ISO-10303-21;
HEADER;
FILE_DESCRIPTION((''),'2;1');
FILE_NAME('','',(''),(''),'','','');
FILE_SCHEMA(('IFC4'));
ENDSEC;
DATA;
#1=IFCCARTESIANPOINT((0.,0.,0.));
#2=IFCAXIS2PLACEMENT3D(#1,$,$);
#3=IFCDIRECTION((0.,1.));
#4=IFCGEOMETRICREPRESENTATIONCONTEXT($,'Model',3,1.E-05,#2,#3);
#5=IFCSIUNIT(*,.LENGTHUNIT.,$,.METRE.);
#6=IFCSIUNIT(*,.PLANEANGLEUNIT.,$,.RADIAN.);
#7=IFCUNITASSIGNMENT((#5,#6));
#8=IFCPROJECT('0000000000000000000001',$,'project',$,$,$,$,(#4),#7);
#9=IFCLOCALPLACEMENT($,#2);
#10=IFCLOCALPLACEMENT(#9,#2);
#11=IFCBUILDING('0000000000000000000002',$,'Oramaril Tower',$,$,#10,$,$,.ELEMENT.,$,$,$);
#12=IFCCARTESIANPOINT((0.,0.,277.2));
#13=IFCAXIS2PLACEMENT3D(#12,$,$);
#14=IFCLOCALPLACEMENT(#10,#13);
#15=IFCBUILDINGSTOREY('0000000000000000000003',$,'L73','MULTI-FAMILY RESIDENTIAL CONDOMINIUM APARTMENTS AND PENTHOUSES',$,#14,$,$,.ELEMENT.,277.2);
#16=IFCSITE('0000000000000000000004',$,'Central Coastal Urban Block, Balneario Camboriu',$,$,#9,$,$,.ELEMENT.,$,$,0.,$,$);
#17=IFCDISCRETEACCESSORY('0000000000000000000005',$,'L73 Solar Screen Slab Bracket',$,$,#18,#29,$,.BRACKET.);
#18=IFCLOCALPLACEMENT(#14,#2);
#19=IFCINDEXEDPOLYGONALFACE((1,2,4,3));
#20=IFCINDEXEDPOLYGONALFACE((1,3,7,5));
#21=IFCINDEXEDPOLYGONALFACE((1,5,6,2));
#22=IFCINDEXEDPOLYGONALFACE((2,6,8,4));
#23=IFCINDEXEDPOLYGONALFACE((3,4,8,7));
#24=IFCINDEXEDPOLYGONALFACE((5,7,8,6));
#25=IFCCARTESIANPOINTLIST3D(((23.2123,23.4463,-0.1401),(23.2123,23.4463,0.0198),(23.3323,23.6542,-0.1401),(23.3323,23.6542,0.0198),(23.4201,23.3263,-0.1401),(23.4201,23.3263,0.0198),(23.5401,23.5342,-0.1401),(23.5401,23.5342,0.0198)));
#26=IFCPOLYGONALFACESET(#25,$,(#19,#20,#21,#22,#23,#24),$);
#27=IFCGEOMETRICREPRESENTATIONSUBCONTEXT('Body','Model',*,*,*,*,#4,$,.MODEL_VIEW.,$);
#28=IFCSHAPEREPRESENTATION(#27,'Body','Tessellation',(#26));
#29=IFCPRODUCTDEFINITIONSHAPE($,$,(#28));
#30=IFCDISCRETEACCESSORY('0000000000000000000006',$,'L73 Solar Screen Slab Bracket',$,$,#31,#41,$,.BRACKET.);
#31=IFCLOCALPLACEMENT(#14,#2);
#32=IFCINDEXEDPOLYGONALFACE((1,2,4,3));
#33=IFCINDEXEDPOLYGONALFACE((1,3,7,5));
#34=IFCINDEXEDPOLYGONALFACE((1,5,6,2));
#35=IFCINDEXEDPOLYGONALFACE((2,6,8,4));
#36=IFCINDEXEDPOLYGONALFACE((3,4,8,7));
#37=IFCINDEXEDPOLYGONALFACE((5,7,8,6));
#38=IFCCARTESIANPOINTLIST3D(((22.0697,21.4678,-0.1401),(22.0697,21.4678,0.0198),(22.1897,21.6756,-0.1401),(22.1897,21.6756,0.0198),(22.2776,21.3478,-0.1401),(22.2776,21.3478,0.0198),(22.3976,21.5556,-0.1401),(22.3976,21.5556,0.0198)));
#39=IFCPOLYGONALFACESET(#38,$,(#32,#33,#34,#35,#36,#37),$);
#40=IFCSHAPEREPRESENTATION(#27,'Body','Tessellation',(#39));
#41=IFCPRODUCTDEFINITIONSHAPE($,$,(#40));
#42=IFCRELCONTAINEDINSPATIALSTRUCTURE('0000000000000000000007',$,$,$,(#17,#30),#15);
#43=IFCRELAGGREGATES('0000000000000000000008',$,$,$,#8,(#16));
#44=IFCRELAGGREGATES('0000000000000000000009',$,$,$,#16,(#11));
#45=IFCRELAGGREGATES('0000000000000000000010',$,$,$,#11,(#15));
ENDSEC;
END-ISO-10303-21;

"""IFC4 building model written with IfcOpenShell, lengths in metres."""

from ifc_helpers import new_model, si_unit, direction, frame, origin, origin_2d, place, context, subcontext, project, spatial, rectangle, extrude, element, save


model = new_model("IFC4")

# Units and contexts
model_context = context("Model", 3, precision=1e-05, world=origin(), true_north=direction((0.0, 1.0)))
body_context = subcontext(model_context, "Body", "Model", "MODEL_VIEW")
ifc_project = project(units=[si_unit("LENGTHUNIT", "METRE"), si_unit("PLANEANGLEUNIT", "RADIAN")], contexts=[model_context])

# Site, building, storey
site_placement = place(None, origin())
site = spatial("IfcSite", under=ifc_project, at=site_placement, Name="Central Coastal Urban Block, Balneario Camboriu", CompositionType="ELEMENT", RefElevation=0.0)
building_placement = place(site_placement, origin())
building = spatial("IfcBuilding", under=site, at=building_placement, Name="Oramaril Tower", CompositionType="ELEMENT")
storey_placement = place(building_placement, frame((0.0, 0.0, 277.2)))
storey = spatial("IfcBuildingStorey", under=building, at=storey_placement, Name="L73", Description="MULTI-FAMILY RESIDENTIAL CONDOMINIUM APARTMENTS AND PENTHOUSES", CompositionType="ELEMENT", Elevation=277.2)

# Discrete accessories
for number, where, z_axis, x_axis, name in (
    (1, (23.3762, 23.4902, -0.1401), (0.0, 0.0, 1.0), (-0.499998, -0.866026, 0.0), "L73 Solar Screen Slab Bracket"),
    (2, (22.2336, 21.5117, -0.1401), (0.0, 0.0, 1.0), (-0.499998, -0.866026, 0.0), "L73 Solar Screen Slab Bracket"),
):
    element("IfcDiscreteAccessory", number, at=place(storey_placement, frame(where, z_axis=z_axis, x_axis=x_axis)), inside=storey, Name=name, PredefinedType="BRACKET", context=body_context, shape_type="SweptSolid", body=[
        extrude(rectangle(XDim=0.24, YDim=0.24, at=origin_2d()), origin(), (0.0, 0.0, 1.0), 0.1599),
    ])

save(model, "model.ifc")
